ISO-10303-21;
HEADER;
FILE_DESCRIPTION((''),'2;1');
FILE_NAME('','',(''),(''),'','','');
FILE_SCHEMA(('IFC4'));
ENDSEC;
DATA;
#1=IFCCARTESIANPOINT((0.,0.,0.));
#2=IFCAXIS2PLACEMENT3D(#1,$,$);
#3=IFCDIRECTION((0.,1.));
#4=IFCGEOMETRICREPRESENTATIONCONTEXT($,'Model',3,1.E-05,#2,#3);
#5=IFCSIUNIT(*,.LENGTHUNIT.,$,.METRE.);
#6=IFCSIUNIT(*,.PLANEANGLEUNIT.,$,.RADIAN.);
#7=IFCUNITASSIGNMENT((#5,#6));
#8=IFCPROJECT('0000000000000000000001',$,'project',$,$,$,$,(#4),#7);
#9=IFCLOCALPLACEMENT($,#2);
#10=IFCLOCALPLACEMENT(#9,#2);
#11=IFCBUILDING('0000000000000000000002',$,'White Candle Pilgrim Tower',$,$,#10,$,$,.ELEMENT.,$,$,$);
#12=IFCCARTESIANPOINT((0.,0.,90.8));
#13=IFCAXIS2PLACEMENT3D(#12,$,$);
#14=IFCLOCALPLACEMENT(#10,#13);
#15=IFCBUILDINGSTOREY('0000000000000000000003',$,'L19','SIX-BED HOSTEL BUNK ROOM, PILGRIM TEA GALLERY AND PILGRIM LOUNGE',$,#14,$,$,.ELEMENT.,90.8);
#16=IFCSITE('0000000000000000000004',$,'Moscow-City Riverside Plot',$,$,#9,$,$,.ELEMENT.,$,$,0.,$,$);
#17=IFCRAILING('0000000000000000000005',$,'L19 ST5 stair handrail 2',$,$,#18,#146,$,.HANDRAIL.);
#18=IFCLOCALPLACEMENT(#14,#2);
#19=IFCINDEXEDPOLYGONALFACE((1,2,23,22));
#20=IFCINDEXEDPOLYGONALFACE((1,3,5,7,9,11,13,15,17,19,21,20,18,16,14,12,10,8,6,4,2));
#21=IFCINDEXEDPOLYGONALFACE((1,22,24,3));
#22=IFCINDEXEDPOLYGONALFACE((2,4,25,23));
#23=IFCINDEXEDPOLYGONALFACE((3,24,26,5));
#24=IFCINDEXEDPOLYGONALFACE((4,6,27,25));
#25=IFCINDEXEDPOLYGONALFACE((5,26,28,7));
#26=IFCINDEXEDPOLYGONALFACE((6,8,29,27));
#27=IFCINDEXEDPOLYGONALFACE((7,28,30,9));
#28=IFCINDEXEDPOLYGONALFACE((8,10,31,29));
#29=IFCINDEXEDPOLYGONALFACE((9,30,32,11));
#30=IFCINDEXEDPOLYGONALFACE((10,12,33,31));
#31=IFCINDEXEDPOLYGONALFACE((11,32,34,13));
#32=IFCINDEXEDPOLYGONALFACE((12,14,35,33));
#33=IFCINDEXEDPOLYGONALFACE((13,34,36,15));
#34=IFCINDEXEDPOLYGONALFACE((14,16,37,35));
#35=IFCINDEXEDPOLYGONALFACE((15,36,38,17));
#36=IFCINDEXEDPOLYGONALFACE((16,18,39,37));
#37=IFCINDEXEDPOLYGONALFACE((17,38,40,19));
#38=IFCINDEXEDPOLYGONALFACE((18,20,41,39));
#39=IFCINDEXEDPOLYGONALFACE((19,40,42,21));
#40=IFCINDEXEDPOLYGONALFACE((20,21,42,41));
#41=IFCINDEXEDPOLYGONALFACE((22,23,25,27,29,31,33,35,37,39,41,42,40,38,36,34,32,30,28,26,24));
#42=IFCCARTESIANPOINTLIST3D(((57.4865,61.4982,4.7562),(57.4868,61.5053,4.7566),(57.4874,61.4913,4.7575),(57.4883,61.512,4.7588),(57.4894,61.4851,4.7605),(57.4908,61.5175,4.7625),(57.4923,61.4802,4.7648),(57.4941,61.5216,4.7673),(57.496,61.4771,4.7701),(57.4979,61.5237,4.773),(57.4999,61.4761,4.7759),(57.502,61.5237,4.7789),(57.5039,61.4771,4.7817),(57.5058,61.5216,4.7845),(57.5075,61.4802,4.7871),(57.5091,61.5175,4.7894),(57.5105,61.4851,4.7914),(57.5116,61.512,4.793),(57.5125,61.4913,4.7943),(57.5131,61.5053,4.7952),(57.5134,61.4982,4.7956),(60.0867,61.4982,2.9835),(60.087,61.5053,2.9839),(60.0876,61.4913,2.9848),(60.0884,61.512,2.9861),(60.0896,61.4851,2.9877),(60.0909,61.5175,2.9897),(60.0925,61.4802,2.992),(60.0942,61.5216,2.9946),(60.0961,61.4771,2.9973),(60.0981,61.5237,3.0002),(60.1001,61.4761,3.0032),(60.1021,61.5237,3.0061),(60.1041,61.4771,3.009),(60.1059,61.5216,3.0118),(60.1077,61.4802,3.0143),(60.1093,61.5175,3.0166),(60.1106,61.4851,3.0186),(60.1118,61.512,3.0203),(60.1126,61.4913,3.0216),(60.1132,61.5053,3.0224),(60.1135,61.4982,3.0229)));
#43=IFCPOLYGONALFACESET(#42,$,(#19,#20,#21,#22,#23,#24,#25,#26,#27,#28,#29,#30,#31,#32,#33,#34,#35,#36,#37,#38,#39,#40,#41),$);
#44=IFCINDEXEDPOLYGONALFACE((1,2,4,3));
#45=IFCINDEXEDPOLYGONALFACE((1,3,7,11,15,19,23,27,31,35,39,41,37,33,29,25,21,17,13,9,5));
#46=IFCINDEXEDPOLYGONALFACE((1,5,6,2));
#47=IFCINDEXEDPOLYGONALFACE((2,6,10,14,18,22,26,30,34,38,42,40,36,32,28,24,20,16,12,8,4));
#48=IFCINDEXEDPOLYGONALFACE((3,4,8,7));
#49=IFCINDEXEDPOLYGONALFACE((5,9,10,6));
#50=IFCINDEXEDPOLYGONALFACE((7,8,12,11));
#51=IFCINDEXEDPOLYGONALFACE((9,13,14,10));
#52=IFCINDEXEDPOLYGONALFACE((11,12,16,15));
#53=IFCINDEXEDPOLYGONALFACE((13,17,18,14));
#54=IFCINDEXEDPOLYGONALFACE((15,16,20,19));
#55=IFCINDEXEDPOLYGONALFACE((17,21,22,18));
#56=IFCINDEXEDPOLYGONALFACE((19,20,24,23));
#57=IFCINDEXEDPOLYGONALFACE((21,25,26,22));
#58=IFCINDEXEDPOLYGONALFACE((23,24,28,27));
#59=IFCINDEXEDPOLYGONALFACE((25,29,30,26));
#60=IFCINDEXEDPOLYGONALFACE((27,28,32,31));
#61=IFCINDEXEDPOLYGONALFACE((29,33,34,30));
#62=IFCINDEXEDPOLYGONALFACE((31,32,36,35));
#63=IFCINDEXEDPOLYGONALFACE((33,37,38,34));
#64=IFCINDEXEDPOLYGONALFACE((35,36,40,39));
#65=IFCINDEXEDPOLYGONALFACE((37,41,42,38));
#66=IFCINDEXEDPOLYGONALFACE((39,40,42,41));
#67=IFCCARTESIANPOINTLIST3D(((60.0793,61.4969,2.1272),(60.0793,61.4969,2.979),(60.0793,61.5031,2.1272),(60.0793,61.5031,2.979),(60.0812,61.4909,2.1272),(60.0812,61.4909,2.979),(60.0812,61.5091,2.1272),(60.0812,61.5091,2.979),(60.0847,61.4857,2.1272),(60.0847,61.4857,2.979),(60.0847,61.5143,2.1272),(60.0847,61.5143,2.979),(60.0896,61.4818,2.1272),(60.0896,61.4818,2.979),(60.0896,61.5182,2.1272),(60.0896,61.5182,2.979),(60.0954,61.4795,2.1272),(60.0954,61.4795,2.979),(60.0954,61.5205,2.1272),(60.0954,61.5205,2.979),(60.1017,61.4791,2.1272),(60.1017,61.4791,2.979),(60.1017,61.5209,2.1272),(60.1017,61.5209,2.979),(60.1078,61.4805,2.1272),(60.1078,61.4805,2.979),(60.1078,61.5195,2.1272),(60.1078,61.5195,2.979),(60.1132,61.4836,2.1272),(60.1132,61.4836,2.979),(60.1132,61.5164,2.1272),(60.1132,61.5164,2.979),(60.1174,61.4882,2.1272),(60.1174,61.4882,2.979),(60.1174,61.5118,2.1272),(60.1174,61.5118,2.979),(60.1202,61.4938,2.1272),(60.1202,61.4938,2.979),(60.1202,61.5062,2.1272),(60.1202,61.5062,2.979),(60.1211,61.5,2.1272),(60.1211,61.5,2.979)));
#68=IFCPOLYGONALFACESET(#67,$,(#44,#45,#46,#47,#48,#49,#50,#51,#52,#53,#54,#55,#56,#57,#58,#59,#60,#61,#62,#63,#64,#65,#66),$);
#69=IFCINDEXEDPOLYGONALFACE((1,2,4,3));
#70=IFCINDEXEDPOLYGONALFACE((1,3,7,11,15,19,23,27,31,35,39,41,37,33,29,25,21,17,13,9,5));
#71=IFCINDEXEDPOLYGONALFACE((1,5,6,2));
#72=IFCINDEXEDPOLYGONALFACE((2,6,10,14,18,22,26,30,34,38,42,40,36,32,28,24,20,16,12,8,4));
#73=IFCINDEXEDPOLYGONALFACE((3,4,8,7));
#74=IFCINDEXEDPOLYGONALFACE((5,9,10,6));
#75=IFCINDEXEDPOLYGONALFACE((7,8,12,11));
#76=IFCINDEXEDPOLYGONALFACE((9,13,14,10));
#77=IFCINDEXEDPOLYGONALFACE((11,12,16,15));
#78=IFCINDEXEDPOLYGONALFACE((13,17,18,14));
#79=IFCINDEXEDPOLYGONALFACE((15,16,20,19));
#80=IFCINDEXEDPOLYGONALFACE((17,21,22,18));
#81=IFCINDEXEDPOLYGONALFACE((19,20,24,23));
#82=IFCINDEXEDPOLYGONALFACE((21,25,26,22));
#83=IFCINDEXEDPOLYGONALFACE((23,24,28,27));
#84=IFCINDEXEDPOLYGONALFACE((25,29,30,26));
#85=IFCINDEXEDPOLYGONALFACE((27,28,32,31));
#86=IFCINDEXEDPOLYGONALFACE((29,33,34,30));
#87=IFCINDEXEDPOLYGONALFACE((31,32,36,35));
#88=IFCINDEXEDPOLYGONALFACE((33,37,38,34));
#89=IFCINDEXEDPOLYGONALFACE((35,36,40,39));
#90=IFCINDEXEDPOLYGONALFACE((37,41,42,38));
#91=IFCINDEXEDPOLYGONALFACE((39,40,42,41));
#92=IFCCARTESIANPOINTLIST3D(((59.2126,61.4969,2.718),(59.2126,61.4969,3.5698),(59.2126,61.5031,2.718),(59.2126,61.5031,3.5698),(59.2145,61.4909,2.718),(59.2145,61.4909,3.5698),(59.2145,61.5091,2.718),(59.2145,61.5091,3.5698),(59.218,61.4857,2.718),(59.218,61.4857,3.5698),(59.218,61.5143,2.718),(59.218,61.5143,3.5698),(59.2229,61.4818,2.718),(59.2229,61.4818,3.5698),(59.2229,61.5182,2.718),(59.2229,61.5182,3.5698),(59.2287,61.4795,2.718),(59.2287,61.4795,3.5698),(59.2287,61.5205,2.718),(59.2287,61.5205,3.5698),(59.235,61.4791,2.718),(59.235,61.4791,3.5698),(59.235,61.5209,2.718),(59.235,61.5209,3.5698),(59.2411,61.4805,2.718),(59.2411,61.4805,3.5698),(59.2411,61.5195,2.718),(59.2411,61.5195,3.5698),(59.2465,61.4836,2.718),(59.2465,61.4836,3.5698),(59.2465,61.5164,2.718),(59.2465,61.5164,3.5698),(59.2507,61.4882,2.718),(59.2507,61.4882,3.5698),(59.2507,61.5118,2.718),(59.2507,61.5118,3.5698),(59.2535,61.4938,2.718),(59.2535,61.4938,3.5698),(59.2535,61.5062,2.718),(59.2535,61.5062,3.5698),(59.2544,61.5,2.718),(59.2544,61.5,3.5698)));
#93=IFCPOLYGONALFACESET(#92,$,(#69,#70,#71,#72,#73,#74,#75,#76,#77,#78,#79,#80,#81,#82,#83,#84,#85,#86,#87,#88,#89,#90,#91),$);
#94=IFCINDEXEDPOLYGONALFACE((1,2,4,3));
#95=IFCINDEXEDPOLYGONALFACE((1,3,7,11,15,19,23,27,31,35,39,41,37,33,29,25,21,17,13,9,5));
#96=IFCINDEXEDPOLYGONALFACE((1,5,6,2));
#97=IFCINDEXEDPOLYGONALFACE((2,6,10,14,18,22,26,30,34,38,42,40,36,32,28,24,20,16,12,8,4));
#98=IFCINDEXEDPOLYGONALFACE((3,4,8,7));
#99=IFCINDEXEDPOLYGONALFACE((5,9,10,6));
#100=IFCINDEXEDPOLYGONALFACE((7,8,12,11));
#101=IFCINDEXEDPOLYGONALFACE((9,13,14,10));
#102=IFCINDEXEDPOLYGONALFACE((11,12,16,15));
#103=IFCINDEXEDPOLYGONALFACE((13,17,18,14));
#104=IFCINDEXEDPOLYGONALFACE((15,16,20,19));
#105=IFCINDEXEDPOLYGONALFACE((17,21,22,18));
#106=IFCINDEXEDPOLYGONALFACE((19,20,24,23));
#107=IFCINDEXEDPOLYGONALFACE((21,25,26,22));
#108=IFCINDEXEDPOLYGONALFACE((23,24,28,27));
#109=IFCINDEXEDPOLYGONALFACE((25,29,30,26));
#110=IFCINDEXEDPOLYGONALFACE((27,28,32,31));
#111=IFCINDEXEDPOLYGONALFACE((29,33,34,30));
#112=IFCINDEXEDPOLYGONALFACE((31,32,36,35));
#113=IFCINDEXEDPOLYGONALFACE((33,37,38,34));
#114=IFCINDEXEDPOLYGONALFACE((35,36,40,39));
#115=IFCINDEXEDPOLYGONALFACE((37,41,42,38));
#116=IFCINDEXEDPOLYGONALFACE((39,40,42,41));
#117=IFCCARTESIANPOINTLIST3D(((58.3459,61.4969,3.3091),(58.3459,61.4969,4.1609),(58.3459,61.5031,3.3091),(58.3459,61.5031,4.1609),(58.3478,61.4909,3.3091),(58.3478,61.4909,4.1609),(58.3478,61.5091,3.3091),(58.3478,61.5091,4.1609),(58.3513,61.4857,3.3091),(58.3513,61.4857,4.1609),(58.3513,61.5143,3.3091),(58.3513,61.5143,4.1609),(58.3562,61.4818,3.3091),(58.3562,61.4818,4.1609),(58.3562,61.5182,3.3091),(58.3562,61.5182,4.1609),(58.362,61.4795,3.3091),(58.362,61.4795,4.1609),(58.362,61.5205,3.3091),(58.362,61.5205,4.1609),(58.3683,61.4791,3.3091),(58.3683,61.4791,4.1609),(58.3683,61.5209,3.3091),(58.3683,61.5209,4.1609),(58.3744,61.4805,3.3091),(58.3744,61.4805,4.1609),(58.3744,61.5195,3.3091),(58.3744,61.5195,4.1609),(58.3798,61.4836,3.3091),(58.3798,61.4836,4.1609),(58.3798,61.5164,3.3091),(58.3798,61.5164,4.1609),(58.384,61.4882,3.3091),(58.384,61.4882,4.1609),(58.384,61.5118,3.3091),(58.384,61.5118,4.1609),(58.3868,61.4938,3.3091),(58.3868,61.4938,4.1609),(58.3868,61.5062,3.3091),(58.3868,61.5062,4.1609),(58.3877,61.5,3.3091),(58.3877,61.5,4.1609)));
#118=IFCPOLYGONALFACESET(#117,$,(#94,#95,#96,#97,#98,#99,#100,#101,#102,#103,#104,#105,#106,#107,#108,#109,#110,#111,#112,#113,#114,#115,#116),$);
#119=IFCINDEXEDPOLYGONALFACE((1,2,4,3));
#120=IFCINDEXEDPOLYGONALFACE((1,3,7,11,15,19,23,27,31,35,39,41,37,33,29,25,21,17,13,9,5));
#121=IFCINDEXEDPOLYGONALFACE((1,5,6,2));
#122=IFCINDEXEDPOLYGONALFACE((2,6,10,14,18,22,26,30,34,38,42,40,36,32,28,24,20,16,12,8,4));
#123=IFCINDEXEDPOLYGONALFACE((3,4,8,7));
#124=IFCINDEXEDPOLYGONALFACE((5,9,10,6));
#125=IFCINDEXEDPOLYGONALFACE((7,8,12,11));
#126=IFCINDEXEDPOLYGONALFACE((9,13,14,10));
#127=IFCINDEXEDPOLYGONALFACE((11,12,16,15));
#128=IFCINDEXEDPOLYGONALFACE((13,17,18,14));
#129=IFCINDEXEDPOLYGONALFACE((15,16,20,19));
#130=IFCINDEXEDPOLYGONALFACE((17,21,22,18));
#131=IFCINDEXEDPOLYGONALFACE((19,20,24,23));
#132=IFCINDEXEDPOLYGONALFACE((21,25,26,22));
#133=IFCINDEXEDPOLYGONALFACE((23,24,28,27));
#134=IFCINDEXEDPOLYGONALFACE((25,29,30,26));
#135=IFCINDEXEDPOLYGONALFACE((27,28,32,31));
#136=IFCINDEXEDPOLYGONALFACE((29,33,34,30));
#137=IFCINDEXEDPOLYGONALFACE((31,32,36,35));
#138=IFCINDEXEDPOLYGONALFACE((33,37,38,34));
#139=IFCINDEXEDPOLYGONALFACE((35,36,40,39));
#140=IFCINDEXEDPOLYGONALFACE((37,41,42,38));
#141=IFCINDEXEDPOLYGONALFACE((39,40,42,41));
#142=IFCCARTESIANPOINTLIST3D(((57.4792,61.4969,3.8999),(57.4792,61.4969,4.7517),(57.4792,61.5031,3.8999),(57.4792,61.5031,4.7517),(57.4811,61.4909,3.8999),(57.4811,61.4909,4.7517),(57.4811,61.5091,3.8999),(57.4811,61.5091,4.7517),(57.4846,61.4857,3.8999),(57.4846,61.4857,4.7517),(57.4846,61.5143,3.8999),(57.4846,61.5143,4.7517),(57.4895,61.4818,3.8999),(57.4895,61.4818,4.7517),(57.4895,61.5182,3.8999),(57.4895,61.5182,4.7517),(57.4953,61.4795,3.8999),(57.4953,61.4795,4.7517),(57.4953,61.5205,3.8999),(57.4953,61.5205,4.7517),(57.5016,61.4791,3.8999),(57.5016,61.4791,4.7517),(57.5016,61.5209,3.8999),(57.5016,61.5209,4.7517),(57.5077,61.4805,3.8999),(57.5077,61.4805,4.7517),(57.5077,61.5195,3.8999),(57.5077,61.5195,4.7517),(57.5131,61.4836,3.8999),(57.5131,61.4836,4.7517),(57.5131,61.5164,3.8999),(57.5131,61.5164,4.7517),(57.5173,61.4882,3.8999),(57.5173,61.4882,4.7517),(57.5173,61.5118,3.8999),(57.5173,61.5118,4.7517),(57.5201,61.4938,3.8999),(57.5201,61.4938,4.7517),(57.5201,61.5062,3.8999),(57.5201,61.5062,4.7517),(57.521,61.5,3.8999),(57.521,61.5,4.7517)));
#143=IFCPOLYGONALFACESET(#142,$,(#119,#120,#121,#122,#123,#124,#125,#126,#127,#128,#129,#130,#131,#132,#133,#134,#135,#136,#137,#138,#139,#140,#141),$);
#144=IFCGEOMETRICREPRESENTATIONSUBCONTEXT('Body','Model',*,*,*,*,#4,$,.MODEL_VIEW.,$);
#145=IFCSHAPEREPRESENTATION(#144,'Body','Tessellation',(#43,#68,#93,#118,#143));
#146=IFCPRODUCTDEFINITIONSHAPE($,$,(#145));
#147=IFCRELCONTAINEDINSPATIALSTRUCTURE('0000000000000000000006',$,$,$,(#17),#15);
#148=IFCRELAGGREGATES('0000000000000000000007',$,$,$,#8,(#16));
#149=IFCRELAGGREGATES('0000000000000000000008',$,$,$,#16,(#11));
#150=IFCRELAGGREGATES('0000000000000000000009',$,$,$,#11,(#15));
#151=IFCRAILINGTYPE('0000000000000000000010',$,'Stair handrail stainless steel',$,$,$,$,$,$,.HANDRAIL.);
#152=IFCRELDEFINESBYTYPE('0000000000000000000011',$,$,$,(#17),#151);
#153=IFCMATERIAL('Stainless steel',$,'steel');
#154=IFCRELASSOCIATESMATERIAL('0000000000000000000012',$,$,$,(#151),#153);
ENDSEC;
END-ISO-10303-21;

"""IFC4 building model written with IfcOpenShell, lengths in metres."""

from ifc_helpers import new_model, si_unit, direction, frame, origin, origin_2d, place, context, subcontext, project, spatial, circle, extrude, material, type_object, element, save


model = new_model("IFC4")

# Units and contexts
model_context = context("Model", 3, precision=1e-05, world=origin(), true_north=direction((0.0, 1.0)))
body_context = subcontext(model_context, "Body", "Model", "MODEL_VIEW")
ifc_project = project(units=[si_unit("LENGTHUNIT", "METRE"), si_unit("PLANEANGLEUNIT", "RADIAN")], contexts=[model_context])

# Site, building, storey
site_placement = place(None, origin())
site = spatial("IfcSite", under=ifc_project, at=site_placement, Name="Moscow-City Riverside Plot", CompositionType="ELEMENT", RefElevation=0.0)
building_placement = place(site_placement, origin())
building = spatial("IfcBuilding", under=site, at=building_placement, Name="White Candle Pilgrim Tower", CompositionType="ELEMENT")
storey_placement = place(building_placement, frame((0.0, 0.0, 90.8)))
storey = spatial("IfcBuildingStorey", under=building, at=storey_placement, Name="L19", Description="SIX-BED HOSTEL BUNK ROOM, PILGRIM TEA GALLERY AND PILGRIM LOUNGE", CompositionType="ELEMENT", Elevation=90.8)

# Shared definitions
ifc_material_1 = material(Name="Stainless steel", Category="steel")

# Railing
railing_type_1 = type_object("IfcRailingType", Name="Stair handrail stainless steel", PredefinedType="HANDRAIL", material=ifc_material_1)
railing_1_placement = place(storey_placement, frame((60.1001, 61.5, 2.1272)))
element("IfcRailing", 1, at=railing_1_placement, inside=storey, type_object=railing_type_1, Name="L19 ST5 stair handrail 2", PredefinedType="HANDRAIL", context=body_context, shape_type="SweptSolid", body=[
    extrude(circle(Radius=0.0239, at=origin_2d()), frame((0.0, 0.0, 0.876), z_axis=(-0.82624, 0.0, 0.563318), x_axis=(0.0, -1.0, 0.0)), (0.0, 0.0, 1.0), 3.147),
    extrude(circle(Radius=0.021, at=origin_2d()), origin(), (0.0, 0.0, 1.0), 0.8518),
    extrude(circle(Radius=0.021, at=origin_2d()), frame((-0.8667, 0.0, 0.5908)), (0.0, 0.0, 1.0), 0.8518),
    extrude(circle(Radius=0.021, at=origin_2d()), frame((-1.7334, 0.0, 1.1819)), (0.0, 0.0, 1.0), 0.8518),
    extrude(circle(Radius=0.021, at=origin_2d()), frame((-2.6001, 0.0, 1.7727)), (0.0, 0.0, 1.0), 0.8518),
])

save(model, "model.ifc")
